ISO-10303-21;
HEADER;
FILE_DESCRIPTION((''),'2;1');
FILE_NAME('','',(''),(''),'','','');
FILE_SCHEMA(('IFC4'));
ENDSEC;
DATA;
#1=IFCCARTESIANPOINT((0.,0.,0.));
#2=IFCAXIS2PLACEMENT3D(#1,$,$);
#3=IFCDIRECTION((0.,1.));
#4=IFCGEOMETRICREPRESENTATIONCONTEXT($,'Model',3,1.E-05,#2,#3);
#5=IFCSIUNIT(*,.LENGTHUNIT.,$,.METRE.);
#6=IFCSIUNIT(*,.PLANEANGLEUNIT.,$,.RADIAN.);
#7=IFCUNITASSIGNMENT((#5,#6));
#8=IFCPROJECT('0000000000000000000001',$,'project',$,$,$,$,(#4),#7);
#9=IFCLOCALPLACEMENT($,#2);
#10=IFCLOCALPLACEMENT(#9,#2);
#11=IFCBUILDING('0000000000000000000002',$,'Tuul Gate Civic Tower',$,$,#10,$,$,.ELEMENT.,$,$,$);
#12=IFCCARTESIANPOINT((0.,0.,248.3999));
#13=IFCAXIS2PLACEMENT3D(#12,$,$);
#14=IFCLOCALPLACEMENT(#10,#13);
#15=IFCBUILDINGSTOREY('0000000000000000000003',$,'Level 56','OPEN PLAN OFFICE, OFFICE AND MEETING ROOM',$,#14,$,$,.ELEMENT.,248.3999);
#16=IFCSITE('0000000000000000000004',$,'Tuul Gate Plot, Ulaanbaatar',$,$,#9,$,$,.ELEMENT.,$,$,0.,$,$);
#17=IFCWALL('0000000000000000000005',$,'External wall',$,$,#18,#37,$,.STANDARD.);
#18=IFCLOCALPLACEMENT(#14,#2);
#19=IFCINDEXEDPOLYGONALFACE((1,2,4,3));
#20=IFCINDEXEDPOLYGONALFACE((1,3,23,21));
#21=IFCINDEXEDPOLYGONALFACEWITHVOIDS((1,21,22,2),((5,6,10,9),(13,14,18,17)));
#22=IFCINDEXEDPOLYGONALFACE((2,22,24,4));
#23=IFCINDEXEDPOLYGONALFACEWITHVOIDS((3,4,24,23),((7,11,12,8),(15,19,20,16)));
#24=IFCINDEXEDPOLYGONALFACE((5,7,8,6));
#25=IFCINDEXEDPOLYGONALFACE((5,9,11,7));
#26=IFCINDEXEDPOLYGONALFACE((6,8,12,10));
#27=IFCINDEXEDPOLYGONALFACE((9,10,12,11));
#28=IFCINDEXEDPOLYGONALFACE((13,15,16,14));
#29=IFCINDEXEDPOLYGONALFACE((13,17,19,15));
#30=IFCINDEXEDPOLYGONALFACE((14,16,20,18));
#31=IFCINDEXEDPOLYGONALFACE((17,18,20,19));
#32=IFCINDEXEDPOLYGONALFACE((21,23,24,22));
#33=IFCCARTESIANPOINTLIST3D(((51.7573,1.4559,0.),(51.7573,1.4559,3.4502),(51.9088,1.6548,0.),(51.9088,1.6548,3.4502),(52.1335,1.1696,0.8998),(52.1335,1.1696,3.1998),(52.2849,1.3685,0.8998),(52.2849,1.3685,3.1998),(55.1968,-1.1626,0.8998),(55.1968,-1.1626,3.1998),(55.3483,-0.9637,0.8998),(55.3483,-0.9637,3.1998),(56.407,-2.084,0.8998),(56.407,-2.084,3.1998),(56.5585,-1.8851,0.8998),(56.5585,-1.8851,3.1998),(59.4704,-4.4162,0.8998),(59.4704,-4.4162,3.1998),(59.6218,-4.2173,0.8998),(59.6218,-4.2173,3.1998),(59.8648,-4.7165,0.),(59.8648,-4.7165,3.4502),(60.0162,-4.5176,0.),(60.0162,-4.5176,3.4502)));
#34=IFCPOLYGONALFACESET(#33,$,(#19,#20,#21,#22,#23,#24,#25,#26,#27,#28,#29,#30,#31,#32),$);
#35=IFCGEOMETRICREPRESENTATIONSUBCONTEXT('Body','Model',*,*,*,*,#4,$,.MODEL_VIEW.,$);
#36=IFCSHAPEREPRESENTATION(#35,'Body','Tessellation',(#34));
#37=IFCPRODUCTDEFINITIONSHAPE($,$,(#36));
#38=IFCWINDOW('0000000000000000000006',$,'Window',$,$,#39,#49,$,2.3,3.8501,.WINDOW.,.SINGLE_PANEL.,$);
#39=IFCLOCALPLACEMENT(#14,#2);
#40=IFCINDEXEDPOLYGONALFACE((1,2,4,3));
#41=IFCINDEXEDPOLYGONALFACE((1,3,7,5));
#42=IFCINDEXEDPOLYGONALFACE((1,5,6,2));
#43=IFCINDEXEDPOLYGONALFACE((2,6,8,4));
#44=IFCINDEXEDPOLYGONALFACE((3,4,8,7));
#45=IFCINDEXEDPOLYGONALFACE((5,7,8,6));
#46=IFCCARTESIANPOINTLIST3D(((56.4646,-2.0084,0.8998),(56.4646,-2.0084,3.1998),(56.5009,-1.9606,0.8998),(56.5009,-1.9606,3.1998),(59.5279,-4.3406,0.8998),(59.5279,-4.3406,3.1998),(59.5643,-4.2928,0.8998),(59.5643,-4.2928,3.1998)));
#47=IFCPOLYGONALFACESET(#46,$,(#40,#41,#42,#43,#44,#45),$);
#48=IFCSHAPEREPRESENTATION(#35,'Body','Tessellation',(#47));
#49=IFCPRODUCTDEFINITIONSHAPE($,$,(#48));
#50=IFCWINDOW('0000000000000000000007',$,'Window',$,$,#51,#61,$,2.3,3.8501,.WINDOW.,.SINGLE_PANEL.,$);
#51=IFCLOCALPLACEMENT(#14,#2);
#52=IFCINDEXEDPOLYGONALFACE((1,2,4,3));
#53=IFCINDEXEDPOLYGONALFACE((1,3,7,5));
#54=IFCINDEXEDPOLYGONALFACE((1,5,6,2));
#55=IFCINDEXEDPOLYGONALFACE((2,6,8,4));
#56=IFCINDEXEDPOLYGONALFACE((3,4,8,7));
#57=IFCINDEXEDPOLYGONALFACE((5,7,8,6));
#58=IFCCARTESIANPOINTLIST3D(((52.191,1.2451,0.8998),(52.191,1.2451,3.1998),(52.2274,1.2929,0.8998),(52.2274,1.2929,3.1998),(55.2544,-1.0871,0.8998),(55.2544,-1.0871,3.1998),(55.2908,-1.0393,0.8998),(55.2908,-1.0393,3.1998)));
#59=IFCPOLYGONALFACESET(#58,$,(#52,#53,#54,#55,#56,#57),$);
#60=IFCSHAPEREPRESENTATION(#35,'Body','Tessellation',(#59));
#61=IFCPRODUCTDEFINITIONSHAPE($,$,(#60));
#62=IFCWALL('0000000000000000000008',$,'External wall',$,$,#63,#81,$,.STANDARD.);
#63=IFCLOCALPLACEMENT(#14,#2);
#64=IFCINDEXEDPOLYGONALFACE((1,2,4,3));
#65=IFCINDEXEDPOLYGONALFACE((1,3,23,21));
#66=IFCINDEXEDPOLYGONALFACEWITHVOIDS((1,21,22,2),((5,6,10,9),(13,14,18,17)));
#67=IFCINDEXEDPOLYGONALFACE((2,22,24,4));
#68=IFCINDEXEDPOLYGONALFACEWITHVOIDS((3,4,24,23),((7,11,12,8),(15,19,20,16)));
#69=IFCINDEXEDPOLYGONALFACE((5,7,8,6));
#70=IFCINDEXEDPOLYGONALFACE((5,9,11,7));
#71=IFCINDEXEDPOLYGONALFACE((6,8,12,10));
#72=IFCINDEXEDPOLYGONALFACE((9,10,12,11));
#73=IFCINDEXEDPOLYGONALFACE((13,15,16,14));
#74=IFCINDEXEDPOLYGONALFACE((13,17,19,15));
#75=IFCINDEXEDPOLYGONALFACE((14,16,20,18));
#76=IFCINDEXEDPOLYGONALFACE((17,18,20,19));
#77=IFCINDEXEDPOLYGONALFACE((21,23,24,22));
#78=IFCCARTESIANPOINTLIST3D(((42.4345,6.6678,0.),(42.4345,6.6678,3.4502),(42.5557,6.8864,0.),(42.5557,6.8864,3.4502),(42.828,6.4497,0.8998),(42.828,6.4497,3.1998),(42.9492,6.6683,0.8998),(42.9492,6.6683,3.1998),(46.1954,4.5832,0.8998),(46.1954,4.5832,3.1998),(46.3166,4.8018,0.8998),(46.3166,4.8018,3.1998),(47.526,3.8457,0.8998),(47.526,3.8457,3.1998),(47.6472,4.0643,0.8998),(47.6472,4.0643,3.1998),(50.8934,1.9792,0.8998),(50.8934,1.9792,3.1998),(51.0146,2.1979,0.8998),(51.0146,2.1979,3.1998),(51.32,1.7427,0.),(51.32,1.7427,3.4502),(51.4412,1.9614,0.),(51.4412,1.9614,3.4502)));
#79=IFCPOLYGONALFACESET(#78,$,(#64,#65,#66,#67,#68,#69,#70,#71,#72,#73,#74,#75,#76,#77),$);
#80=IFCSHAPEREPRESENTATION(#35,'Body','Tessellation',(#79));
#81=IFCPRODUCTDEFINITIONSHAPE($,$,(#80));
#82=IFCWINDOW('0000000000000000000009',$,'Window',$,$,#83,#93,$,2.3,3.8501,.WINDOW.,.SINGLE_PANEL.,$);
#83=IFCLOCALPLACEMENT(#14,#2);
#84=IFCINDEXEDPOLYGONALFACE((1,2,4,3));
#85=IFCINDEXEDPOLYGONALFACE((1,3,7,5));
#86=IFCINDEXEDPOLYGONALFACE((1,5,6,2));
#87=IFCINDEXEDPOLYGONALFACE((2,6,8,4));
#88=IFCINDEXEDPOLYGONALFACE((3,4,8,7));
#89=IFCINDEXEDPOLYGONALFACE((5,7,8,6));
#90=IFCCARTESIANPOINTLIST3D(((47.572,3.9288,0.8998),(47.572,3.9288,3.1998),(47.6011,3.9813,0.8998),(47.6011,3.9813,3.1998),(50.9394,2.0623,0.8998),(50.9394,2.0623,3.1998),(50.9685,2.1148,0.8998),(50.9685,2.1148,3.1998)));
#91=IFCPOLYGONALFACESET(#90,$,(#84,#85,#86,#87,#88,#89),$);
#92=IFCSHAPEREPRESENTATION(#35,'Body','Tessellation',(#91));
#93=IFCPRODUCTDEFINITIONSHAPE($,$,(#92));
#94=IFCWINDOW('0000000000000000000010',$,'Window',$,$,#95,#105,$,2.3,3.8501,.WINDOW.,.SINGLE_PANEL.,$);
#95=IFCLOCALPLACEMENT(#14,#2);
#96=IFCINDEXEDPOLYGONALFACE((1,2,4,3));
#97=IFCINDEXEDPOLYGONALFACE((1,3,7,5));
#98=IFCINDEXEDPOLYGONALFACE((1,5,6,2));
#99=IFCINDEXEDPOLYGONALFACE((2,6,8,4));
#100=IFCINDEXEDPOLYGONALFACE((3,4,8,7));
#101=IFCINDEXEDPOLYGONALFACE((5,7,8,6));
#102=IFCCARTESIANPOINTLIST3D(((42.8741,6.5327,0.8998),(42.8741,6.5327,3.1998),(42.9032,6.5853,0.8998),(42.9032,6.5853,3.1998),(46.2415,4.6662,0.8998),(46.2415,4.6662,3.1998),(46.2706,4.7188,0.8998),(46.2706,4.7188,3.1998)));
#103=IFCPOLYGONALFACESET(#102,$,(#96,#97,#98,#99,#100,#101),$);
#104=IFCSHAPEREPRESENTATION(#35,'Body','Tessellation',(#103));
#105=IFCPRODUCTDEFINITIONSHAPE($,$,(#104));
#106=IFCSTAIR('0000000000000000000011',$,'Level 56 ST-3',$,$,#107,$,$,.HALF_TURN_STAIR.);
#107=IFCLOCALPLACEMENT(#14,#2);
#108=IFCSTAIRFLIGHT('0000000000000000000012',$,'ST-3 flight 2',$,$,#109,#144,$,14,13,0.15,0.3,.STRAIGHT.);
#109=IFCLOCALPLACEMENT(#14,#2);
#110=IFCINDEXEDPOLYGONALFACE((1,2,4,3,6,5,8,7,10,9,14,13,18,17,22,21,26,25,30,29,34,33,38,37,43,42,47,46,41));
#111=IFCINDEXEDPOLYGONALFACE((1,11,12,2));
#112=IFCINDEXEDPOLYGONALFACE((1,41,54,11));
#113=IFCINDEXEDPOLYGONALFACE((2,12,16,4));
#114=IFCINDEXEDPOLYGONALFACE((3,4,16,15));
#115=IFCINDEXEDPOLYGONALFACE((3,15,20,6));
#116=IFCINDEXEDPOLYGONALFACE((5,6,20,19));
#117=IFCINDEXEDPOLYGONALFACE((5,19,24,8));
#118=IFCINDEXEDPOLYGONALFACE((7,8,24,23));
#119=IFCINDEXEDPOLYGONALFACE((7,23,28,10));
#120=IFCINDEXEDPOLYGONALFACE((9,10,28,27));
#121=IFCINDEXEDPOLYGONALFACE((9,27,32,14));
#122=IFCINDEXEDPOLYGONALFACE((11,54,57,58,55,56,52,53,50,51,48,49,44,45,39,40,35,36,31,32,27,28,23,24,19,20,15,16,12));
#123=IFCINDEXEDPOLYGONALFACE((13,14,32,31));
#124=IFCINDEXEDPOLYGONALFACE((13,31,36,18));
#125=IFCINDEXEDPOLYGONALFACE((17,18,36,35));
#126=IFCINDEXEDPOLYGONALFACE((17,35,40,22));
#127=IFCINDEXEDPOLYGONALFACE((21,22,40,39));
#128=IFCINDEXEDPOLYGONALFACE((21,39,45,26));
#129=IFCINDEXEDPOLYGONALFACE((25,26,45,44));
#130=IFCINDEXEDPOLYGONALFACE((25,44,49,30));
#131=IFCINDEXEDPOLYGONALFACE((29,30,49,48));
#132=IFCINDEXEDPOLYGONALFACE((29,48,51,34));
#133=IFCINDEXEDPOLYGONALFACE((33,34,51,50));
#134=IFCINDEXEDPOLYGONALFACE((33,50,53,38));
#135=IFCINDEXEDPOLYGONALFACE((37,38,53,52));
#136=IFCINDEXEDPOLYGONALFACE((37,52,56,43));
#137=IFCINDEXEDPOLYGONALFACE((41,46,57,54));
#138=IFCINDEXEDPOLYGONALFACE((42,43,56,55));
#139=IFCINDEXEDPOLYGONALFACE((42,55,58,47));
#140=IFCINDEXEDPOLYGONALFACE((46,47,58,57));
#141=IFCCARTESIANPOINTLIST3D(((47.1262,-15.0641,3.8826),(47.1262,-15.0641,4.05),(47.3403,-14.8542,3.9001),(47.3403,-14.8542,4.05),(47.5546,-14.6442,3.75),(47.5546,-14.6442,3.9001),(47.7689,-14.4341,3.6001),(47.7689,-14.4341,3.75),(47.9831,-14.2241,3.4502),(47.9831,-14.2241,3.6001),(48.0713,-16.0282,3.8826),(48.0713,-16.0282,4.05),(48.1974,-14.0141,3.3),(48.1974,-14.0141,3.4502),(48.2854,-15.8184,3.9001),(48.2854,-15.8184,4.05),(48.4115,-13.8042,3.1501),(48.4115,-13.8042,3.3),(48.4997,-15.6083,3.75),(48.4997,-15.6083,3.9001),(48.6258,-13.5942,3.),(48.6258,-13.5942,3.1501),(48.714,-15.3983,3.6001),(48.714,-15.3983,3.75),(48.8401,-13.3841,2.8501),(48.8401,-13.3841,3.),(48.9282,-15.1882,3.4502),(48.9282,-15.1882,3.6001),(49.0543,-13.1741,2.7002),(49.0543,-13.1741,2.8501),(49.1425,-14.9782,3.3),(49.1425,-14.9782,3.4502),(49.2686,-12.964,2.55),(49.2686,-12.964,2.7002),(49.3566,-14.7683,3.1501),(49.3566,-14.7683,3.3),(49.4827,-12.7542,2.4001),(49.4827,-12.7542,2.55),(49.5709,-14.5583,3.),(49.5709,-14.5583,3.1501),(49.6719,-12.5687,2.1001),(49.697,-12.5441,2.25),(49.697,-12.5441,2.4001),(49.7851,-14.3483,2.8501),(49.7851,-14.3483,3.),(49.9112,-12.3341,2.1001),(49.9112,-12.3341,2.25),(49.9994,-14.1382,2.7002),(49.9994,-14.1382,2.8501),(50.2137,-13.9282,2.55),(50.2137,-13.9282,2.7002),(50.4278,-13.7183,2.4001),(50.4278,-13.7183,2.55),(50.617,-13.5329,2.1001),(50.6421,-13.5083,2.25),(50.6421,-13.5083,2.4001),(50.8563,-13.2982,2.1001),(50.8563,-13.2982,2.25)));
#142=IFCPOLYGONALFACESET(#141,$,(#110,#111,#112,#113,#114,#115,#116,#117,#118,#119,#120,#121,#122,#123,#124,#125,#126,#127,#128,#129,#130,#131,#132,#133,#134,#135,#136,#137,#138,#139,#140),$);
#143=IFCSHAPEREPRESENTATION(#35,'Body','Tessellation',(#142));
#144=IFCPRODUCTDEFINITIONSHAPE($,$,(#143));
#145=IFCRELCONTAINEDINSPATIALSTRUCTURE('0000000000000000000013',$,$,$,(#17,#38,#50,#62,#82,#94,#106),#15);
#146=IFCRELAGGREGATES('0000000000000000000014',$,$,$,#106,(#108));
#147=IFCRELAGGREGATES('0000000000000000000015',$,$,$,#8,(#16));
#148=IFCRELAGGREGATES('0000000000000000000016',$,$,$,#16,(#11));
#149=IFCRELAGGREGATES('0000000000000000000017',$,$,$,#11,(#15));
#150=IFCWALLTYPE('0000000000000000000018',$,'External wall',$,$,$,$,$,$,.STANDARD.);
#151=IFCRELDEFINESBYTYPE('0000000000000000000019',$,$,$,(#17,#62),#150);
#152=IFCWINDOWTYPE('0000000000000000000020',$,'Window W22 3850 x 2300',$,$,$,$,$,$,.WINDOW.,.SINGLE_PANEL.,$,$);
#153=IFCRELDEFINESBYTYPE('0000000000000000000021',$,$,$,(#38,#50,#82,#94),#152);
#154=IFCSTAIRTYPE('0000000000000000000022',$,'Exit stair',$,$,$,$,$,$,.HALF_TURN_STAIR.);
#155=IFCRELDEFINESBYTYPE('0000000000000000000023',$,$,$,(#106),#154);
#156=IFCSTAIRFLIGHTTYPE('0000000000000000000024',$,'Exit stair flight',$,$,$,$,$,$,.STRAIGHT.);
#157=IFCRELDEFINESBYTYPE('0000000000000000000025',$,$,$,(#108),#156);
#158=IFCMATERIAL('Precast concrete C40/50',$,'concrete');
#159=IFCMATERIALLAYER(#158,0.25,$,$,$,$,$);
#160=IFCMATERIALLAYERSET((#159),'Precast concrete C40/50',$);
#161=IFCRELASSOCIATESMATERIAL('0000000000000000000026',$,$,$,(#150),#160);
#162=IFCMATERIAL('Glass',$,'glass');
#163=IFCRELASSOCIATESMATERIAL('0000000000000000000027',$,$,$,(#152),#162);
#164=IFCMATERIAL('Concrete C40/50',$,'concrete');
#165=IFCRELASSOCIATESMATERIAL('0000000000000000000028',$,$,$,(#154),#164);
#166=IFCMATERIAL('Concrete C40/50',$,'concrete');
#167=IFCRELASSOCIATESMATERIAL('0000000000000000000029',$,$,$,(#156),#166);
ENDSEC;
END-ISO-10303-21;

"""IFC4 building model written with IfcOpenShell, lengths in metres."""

from ifc_helpers import new_model, si_unit, direction, frame, frame_2d, origin, place, context, subcontext, project, spatial, polyline, rectangle, outline, extrude, material, layer, layer_set, type_object, element, fill, aggregate, save


model = new_model("IFC4")

# Units and contexts
model_context = context("Model", 3, precision=1e-05, world=origin(), true_north=direction((0.0, 1.0)))
body_context = subcontext(model_context, "Body", "Model", "MODEL_VIEW")
ifc_project = project(units=[si_unit("LENGTHUNIT", "METRE"), si_unit("PLANEANGLEUNIT", "RADIAN")], contexts=[model_context])

# Site, building, storey
site_placement = place(None, origin())
site = spatial("IfcSite", under=ifc_project, at=site_placement, Name="Tuul Gate Plot, Ulaanbaatar", CompositionType="ELEMENT", RefElevation=0.0)
building_placement = place(site_placement, origin())
building = spatial("IfcBuilding", under=site, at=building_placement, Name="Tuul Gate Civic Tower", CompositionType="ELEMENT")
storey_placement = place(building_placement, frame((0.0, 0.0, 248.3999)))
storey = spatial("IfcBuildingStorey", under=building, at=storey_placement, Name="Level 56", Description="OPEN PLAN OFFICE, OFFICE AND MEETING ROOM", CompositionType="ELEMENT", Elevation=248.3999)

# Walls, openings, windows
ifc_material_1 = material(Name="Precast concrete C40/50", Category="concrete")
ifc_layer_1 = layer(ifc_material_1, 0.25)
ifc_layer_set_1 = layer_set([ifc_layer_1], Name="Precast concrete C40/50")
wall_type_1 = type_object("IfcWallType", Name="External wall", PredefinedType="STANDARD", material=ifc_layer_set_1)
ifc_material_2 = material(Name="Glass", Category="glass")
window_type = type_object("IfcWindowType", Name="Window W22 3850 x 2300", PartitioningType="SINGLE_PANEL", PredefinedType="WINDOW", material=ifc_material_2)
wall_1_placement = place(storey_placement, frame((59.9404, -4.6169, 0.0), z_axis=(0.0, 0.0, 1.0), x_axis=(-0.795655, 0.60575, 0.0)))
wall_1 = element("IfcWall", 1, at=wall_1_placement, inside=storey, type_object=wall_type_1, Name="External wall", PredefinedType="STANDARD", context=body_context, shape_type="SweptSolid", body=[
    extrude(rectangle(XDim=10.1897, YDim=0.25, at=frame_2d((5.0947, 0.0))), origin(), (0.0, 0.0, 1.0), 3.4502),
])
opening_1_placement = place(wall_1_placement, frame((0.4956, 0.0, 0.8999)))
opening_1 = element("IfcOpeningElement", 2, at=opening_1_placement, cuts=wall_1, PredefinedType="OPENING", context=body_context, shape_type="SweptSolid", body=[
    extrude(rectangle(XDim=3.8501, YDim=2.3, at=frame_2d((1.925, 1.1499))), frame((0.0, 0.135, 0.0), z_axis=(0.0, -1.0, 0.0), x_axis=(1.0, 0.0, 0.0)), (0.0, 0.0, 1.0), 0.27),
])
opening_2_placement = place(wall_1_placement, frame((5.8667, 0.0, 0.8999)))
opening_2 = element("IfcOpeningElement", 3, at=opening_2_placement, cuts=wall_1, PredefinedType="OPENING", context=body_context, shape_type="SweptSolid", body=[
    extrude(rectangle(XDim=3.8501, YDim=2.3, at=frame_2d((1.925, 1.1499))), frame((0.0, 0.135, 0.0), z_axis=(0.0, -1.0, 0.0), x_axis=(1.0, 0.0, 0.0)), (0.0, 0.0, 1.0), 0.27),
])
window_1_placement = place(opening_1_placement, origin())
window_1 = element("IfcWindow", 4, at=window_1_placement, inside=storey, type_object=window_type, Name="Window", OverallHeight=2.3, OverallWidth=3.8501, PartitioningType="SINGLE_PANEL", PredefinedType="WINDOW", context=body_context, shape_type="SweptSolid", body=[
    extrude(rectangle(XDim=3.8501, YDim=2.3, at=frame_2d((1.925, 1.1499))), frame((0.0, 0.03, 0.0), z_axis=(0.0, -1.0, 0.0), x_axis=(1.0, 0.0, 0.0)), (0.0, 0.0, 1.0), 0.0601),
])
fill(opening_1, window_1)
window_2_placement = place(opening_2_placement, origin())
window_2 = element("IfcWindow", 5, at=window_2_placement, inside=storey, type_object=window_type, Name="Window", OverallHeight=2.3, OverallWidth=3.8501, PartitioningType="SINGLE_PANEL", PredefinedType="WINDOW", context=body_context, shape_type="SweptSolid", body=[
    extrude(rectangle(XDim=3.8501, YDim=2.3, at=frame_2d((1.925, 1.1499))), frame((0.0, 0.03, 0.0), z_axis=(0.0, -1.0, 0.0), x_axis=(1.0, 0.0, 0.0)), (0.0, 0.0, 1.0), 0.0601),
])
fill(opening_2, window_2)
wall_2_placement = place(storey_placement, frame((51.3806, 1.8521, 0.0), z_axis=(0.0, 0.0, 1.0), x_axis=(-0.874631, 0.48479, 0.0)))
wall_2 = element("IfcWall", 6, at=wall_2_placement, inside=storey, type_object=wall_type_1, Name="External wall", PredefinedType="STANDARD", context=body_context, shape_type="SweptSolid", body=[
    extrude(rectangle(XDim=10.1592, YDim=0.25, at=frame_2d((5.0796, 0.0))), origin(), (0.0, 0.0, 1.0), 3.4502),
])
opening_3_placement = place(wall_2_placement, frame((0.4878, 0.0, 0.8999)))
opening_3 = element("IfcOpeningElement", 7, at=opening_3_placement, cuts=wall_2, PredefinedType="OPENING", context=body_context, shape_type="SweptSolid", body=[
    extrude(rectangle(XDim=3.8501, YDim=2.3, at=frame_2d((1.925, 1.1499))), frame((0.0, 0.135, 0.0), z_axis=(0.0, -1.0, 0.0), x_axis=(1.0, 0.0, 0.0)), (0.0, 0.0, 1.0), 0.27),
])
opening_4_placement = place(wall_2_placement, frame((5.8591, 0.0, 0.8999)))
opening_4 = element("IfcOpeningElement", 8, at=opening_4_placement, cuts=wall_2, PredefinedType="OPENING", context=body_context, shape_type="SweptSolid", body=[
    extrude(rectangle(XDim=3.8501, YDim=2.3, at=frame_2d((1.925, 1.1499))), frame((0.0, 0.135, 0.0), z_axis=(0.0, -1.0, 0.0), x_axis=(1.0, 0.0, 0.0)), (0.0, 0.0, 1.0), 0.27),
])
window_3_placement = place(opening_3_placement, origin())
window_3 = element("IfcWindow", 9, at=window_3_placement, inside=storey, type_object=window_type, Name="Window", OverallHeight=2.3, OverallWidth=3.8501, PartitioningType="SINGLE_PANEL", PredefinedType="WINDOW", context=body_context, shape_type="SweptSolid", body=[
    extrude(rectangle(XDim=3.8501, YDim=2.3, at=frame_2d((1.925, 1.1499))), frame((0.0, 0.03, 0.0), z_axis=(0.0, -1.0, 0.0), x_axis=(1.0, 0.0, 0.0)), (0.0, 0.0, 1.0), 0.0601),
])
fill(opening_3, window_3)
window_4_placement = place(opening_4_placement, origin())
window_4 = element("IfcWindow", 10, at=window_4_placement, inside=storey, type_object=window_type, Name="Window", OverallHeight=2.3, OverallWidth=3.8501, PartitioningType="SINGLE_PANEL", PredefinedType="WINDOW", context=body_context, shape_type="SweptSolid", body=[
    extrude(rectangle(XDim=3.8501, YDim=2.3, at=frame_2d((1.925, 1.1499))), frame((0.0, 0.03, 0.0), z_axis=(0.0, -1.0, 0.0), x_axis=(1.0, 0.0, 0.0)), (0.0, 0.0, 1.0), 0.0601),
])
fill(opening_4, window_4)

# Stair, stair flight
ifc_material_3 = material(Name="Concrete C40/50", Category="concrete")
stair_type = type_object("IfcStairType", Name="Exit stair", PredefinedType="HALF_TURN_STAIR", material=ifc_material_3)
stair_placement = place(storey_placement, origin())
stair = element("IfcStair", 11, at=stair_placement, inside=storey, type_object=stair_type, Name="Level 56 ST-3", PredefinedType="HALF_TURN_STAIR")
ifc_material_4 = material(Name="Concrete C40/50", Category="concrete")
stair_flight_type = type_object("IfcStairFlightType", Name="Exit stair flight", PredefinedType="STRAIGHT", material=ifc_material_4)
stair_flight_placement = place(storey_placement, frame((50.3838, -12.8162, 2.1001), z_axis=(0.0, 0.0, 1.0), x_axis=(-0.714127, -0.700016, 0.0)))
stair_flight = element("IfcStairFlight", 12, at=stair_flight_placement, type_object=stair_flight_type, Name="ST-3 flight 2", NumberOfRisers=14, NumberOfTreads=13, PredefinedType="STRAIGHT", RiserHeight=0.15, TreadLength=0.3, context=body_context, shape_type="SweptSolid", body=[
    extrude(outline(polyline([(0.0, 0.0), (0.0, 0.1499), (0.3, 0.1499), (0.3, 0.3), (0.6001, 0.3), (0.6001, 0.45), (0.8999, 0.45), (0.8999, 0.6001), (1.2, 0.6001), (1.2, 0.75), (1.5, 0.75), (1.5, 0.8999), (1.8, 0.8999), (1.8, 1.05), (2.1001, 1.05), (2.1001, 1.2), (2.3999, 1.2), (2.3999, 1.3501), (2.7, 1.3501), (2.7, 1.5), (3.0, 1.5), (3.0, 1.6499), (3.3, 1.6499), (3.3, 1.8), (3.6001, 1.8), (3.6001, 1.95), (3.8999, 1.95), (3.8999, 2.1001), (3.8999, 1.7825), (0.3352, 0.0), (0.0, 0.0)])), frame((0.0, 0.675, 0.0), z_axis=(0.0, -1.0, 0.0), x_axis=(1.0, 0.0, 0.0)), (0.0, 0.0, 1.0), 1.3501),
])
aggregate(stair, [stair_flight])

save(model, "model.ifc")
